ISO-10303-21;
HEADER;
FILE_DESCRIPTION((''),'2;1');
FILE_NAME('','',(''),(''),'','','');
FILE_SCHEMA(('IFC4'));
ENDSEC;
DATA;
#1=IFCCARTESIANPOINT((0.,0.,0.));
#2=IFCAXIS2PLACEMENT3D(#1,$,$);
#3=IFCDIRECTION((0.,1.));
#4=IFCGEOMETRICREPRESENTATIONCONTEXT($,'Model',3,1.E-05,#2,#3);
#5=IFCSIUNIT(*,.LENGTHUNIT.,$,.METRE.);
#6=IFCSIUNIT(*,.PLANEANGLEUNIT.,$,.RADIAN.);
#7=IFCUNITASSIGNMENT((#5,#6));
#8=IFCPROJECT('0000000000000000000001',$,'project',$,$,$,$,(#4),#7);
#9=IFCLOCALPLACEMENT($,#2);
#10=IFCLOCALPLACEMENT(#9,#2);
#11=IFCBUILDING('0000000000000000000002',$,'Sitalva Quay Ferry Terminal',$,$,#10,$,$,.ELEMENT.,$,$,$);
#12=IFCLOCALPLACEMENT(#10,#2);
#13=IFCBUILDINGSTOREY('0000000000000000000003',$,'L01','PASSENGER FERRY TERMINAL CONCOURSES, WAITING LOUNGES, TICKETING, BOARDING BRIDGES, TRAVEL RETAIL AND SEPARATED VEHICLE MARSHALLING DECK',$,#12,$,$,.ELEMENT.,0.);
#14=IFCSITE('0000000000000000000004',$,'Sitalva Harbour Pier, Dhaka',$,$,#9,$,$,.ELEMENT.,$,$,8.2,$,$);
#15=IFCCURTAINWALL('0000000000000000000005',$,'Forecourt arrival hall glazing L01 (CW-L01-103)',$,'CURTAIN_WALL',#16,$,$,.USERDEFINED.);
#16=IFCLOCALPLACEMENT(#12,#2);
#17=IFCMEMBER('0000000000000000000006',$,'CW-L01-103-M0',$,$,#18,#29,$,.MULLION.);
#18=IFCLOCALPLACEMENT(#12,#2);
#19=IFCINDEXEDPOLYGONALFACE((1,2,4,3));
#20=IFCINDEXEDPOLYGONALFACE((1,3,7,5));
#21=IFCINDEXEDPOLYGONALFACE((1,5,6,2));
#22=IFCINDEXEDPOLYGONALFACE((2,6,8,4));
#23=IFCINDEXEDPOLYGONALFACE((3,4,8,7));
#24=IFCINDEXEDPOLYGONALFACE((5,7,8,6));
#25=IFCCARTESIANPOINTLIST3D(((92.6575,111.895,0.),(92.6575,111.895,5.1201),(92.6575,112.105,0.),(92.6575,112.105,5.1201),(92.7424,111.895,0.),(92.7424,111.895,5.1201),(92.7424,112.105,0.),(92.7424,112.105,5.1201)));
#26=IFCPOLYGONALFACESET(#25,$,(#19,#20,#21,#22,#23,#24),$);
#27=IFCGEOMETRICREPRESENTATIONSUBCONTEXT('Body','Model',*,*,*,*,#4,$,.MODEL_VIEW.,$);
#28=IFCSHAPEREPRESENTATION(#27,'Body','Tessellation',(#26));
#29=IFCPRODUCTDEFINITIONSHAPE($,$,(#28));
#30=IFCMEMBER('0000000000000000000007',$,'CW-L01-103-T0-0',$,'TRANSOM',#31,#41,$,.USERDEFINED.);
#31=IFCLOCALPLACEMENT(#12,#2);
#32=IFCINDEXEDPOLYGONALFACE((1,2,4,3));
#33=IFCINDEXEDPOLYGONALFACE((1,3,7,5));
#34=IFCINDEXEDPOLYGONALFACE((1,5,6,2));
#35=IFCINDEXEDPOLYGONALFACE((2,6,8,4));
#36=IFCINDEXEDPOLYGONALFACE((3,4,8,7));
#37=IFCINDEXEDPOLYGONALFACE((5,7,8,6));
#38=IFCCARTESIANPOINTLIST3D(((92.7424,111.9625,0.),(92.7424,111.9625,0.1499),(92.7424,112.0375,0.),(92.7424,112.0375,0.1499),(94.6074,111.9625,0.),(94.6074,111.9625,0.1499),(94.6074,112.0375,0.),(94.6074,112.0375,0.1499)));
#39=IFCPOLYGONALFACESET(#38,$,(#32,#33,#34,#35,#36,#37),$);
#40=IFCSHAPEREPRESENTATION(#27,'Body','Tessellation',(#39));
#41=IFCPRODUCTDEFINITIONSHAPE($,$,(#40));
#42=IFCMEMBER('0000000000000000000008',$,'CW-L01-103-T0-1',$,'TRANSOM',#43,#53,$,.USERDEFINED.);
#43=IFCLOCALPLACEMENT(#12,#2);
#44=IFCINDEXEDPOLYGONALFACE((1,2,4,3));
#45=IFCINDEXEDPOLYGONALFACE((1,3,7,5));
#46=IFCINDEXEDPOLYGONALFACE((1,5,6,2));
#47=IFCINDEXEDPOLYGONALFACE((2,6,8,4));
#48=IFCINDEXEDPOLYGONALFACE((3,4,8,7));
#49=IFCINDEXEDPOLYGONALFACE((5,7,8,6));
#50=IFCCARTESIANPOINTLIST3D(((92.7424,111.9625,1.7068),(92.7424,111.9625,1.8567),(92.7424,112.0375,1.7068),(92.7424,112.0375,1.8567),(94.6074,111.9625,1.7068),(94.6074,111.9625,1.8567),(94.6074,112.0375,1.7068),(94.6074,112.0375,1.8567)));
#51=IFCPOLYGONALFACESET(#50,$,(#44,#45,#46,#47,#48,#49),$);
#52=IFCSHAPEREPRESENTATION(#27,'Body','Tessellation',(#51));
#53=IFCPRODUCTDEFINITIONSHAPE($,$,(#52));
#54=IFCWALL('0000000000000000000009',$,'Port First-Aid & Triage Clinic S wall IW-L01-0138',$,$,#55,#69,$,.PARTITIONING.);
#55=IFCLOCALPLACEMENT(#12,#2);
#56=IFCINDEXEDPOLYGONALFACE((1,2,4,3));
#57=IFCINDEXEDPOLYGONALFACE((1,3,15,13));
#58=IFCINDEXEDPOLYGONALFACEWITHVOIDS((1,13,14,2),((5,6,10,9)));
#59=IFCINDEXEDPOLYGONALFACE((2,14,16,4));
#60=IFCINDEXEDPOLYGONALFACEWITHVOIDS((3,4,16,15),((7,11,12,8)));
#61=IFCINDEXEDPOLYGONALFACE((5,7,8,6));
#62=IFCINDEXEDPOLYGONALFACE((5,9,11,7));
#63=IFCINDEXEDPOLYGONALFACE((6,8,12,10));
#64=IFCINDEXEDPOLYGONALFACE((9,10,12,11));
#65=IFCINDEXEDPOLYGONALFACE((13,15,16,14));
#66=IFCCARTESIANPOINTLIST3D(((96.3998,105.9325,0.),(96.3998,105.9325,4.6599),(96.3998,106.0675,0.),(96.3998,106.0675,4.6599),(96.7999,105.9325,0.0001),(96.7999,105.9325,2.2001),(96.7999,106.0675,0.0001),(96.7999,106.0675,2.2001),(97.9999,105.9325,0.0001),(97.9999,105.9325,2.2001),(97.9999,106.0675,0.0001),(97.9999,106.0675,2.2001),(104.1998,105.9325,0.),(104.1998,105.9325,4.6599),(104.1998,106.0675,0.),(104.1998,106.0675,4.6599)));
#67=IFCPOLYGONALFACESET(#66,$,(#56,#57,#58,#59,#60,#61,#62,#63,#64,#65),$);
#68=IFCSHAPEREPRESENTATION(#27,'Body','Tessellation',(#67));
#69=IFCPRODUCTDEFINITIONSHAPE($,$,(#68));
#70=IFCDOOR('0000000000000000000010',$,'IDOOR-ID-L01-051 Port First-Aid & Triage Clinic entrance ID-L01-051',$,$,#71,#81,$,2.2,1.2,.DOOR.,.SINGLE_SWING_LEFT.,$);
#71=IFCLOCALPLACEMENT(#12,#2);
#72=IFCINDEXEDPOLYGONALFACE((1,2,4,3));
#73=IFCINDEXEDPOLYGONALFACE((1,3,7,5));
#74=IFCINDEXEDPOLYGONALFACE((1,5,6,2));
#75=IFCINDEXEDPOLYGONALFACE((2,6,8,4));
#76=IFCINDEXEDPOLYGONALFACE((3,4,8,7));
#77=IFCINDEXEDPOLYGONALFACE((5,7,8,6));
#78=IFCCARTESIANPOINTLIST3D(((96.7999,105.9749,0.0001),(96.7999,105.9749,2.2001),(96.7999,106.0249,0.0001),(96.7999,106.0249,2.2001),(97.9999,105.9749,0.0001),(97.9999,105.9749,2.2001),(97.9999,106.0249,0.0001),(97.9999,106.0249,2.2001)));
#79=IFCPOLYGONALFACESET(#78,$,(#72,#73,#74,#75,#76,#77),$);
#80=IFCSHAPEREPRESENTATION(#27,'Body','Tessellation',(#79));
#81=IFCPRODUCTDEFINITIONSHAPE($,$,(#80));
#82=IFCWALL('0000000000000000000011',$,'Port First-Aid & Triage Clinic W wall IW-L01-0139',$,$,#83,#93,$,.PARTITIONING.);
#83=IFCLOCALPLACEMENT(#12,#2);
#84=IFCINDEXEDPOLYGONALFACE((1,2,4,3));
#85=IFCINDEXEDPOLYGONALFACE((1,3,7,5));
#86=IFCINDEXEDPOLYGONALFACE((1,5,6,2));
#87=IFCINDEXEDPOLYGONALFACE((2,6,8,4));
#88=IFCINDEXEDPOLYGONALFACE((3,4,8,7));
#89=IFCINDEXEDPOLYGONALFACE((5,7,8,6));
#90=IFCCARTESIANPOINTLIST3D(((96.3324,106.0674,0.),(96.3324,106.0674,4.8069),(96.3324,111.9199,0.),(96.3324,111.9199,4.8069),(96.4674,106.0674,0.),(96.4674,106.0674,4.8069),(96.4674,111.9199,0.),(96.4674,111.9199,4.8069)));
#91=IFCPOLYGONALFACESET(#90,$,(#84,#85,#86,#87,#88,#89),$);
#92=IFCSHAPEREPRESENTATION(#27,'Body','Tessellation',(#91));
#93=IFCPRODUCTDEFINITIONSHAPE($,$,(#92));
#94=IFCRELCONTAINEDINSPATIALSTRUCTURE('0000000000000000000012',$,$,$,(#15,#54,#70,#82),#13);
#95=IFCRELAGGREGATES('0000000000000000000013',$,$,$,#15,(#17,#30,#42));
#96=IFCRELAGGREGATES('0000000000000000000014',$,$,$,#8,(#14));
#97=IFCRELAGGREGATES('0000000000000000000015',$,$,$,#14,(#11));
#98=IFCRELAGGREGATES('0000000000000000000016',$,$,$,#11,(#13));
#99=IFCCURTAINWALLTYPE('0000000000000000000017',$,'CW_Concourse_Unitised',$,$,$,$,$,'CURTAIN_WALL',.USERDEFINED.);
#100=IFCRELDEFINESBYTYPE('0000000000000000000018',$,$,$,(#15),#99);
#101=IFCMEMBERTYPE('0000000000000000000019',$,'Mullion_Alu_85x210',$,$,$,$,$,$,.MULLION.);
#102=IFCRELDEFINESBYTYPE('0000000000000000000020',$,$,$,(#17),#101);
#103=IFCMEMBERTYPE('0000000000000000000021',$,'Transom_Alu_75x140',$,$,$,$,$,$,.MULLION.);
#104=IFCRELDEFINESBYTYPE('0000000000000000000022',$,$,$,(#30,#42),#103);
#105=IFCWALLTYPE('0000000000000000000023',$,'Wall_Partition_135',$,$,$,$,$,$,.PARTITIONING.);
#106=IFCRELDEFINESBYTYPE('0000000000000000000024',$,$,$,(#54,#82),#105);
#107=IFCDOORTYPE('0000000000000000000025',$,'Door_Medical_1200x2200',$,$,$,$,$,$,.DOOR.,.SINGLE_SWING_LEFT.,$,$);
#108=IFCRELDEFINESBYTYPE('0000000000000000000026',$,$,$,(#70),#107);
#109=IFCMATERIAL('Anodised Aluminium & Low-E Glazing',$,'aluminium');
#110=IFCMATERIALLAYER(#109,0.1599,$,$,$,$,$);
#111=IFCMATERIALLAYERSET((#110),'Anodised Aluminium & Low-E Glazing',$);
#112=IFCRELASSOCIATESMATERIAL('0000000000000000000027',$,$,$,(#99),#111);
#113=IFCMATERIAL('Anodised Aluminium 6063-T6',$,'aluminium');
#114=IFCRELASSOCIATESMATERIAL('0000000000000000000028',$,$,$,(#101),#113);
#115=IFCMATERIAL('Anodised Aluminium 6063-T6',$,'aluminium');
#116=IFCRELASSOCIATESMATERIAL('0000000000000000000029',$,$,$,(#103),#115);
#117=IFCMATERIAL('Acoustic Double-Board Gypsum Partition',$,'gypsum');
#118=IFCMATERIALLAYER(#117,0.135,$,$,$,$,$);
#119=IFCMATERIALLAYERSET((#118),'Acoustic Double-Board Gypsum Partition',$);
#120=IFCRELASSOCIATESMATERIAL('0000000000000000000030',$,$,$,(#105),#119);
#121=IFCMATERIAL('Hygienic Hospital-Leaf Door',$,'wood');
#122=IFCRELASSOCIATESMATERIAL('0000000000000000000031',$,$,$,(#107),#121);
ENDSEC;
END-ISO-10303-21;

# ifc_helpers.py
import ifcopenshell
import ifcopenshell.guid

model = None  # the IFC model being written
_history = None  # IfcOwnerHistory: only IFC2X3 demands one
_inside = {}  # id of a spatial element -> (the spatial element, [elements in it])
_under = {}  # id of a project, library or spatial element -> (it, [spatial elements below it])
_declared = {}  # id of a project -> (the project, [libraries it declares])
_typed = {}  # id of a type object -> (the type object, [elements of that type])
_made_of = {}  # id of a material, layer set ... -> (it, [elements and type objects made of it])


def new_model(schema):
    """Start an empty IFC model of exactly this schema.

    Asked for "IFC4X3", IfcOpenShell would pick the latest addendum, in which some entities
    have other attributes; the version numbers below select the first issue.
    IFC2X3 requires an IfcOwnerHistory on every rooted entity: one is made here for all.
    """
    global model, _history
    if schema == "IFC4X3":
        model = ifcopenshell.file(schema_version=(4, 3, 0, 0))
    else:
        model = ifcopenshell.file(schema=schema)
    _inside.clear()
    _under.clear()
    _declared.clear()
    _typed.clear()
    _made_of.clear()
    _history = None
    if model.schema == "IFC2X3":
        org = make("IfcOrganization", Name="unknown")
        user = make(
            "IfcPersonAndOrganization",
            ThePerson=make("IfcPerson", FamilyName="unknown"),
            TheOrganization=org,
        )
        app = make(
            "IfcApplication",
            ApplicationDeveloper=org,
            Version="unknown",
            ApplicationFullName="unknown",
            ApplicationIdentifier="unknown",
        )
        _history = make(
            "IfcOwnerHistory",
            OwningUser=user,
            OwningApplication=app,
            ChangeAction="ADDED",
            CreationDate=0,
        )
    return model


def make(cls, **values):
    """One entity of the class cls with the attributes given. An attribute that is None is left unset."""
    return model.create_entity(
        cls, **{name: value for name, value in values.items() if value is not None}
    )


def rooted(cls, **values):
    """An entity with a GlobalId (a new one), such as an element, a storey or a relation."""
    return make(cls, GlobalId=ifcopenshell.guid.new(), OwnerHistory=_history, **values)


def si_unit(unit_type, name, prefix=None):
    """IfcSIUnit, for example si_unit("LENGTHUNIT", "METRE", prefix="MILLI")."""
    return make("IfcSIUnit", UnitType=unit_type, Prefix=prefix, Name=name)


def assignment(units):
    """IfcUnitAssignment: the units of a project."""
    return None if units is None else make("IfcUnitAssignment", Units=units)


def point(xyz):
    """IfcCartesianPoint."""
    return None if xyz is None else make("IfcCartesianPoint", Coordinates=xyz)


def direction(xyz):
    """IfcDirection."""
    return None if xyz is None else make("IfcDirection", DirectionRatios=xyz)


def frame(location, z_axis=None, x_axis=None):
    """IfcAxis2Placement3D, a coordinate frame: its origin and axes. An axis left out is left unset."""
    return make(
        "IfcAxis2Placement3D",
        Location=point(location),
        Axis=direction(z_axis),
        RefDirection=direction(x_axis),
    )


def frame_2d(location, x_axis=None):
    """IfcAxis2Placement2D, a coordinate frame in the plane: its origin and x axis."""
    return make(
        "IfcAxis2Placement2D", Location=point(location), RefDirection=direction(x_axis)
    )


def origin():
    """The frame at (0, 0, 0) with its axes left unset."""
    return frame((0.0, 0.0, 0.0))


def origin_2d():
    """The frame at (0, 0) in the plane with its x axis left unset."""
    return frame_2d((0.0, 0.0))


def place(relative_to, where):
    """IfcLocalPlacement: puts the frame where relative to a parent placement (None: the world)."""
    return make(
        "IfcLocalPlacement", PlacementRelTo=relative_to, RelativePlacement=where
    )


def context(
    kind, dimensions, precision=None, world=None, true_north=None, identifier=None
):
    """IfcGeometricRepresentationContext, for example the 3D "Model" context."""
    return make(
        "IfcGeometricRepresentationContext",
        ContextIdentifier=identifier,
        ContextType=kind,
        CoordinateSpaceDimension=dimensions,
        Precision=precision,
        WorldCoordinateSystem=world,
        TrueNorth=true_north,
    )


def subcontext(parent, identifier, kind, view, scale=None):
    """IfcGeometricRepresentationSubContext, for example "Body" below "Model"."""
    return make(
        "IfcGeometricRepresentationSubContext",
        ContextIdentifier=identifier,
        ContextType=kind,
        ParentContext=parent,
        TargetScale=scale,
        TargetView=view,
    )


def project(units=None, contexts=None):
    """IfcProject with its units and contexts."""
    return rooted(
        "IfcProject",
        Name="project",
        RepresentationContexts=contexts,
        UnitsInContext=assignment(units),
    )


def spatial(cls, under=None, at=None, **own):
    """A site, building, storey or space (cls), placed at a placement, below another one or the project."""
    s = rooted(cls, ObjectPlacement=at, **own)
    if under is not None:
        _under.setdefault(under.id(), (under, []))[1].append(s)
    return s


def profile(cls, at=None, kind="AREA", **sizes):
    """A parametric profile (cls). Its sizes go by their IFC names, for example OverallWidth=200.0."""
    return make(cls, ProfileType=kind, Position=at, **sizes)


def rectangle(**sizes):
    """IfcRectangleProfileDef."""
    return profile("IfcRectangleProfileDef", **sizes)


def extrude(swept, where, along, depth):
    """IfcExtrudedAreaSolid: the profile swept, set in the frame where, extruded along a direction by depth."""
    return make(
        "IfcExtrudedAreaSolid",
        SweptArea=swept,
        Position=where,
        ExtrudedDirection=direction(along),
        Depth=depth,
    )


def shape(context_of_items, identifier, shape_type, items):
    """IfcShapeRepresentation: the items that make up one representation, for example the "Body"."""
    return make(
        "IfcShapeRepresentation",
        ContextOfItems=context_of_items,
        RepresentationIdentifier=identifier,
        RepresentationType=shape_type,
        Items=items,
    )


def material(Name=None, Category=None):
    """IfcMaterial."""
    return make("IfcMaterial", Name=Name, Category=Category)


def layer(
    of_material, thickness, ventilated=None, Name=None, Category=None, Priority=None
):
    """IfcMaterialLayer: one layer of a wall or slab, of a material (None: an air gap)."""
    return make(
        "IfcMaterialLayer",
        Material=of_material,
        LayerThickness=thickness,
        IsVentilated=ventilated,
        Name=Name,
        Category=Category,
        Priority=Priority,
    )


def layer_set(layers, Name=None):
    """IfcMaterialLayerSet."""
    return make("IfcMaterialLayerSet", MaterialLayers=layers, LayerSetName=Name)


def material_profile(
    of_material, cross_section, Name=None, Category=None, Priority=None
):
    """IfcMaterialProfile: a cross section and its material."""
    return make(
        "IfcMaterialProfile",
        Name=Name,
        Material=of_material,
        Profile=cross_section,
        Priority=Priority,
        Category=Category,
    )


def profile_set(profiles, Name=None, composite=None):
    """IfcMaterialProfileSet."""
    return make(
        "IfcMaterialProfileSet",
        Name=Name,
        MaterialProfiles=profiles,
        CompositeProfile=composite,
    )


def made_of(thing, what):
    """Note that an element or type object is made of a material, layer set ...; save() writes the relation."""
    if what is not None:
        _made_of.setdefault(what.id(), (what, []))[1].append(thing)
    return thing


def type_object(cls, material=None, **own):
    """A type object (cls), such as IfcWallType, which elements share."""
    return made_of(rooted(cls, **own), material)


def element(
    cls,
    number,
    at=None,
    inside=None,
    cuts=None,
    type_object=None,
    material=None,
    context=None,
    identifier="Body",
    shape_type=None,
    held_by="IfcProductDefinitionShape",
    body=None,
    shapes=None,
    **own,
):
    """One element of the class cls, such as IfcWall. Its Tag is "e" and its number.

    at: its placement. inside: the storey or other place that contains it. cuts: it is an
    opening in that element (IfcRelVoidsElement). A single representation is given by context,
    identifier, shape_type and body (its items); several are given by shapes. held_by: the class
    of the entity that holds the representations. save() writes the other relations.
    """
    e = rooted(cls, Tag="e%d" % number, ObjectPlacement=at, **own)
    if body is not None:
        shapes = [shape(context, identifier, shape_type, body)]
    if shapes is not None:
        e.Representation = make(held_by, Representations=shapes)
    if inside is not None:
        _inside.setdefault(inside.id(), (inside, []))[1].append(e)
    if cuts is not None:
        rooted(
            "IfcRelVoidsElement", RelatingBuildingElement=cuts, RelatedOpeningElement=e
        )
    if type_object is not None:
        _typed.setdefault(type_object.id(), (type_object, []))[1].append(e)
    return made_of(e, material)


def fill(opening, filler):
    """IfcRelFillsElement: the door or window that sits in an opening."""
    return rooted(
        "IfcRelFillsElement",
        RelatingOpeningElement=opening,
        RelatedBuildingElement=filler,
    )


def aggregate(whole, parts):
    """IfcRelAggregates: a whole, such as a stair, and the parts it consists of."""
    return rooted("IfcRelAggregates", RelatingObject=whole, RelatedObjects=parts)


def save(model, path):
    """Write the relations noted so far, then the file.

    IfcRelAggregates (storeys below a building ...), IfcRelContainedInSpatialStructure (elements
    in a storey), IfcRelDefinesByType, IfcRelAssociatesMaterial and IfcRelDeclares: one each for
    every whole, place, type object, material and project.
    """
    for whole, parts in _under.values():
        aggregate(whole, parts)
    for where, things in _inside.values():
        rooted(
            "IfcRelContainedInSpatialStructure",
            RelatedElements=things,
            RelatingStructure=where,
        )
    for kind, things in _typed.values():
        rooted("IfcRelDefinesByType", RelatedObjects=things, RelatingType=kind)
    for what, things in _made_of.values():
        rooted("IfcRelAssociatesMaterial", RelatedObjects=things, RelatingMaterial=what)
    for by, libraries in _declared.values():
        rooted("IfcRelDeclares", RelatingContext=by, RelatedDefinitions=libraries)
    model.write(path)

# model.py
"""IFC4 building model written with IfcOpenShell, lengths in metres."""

from ifc_helpers import new_model, si_unit, direction, frame, frame_2d, origin, origin_2d, place, context, subcontext, project, spatial, rectangle, extrude, material, layer, layer_set, material_profile, profile_set, type_object, element, fill, aggregate, save


model = new_model("IFC4")

# Units and contexts
model_context = context("Model", 3, precision=1e-05, world=origin(), true_north=direction((0.0, 1.0)))
body_context = subcontext(model_context, "Body", "Model", "MODEL_VIEW")
ifc_project = project(units=[si_unit("LENGTHUNIT", "METRE"), si_unit("PLANEANGLEUNIT", "RADIAN")], contexts=[model_context])

# Site, building, storey
site_placement = place(None, origin())
site = spatial("IfcSite", under=ifc_project, at=site_placement, Name="Sitalva Harbour Pier, Dhaka", CompositionType="ELEMENT", RefElevation=8.2)
building_placement = place(site_placement, origin())
building = spatial("IfcBuilding", under=site, at=building_placement, Name="Sitalva Quay Ferry Terminal", CompositionType="ELEMENT")
storey_placement = place(building_placement, origin())
storey = spatial("IfcBuildingStorey", under=building, at=storey_placement, Name="L01", Description="PASSENGER FERRY TERMINAL CONCOURSES, WAITING LOUNGES, TICKETING, BOARDING BRIDGES, TRAVEL RETAIL AND SEPARATED VEHICLE MARSHALLING DECK", CompositionType="ELEMENT", Elevation=0.0)

# Curtain wall, members
ifc_material_1 = material(Name="Anodised Aluminium & Low-E Glazing", Category="aluminium")
ifc_layer_1 = layer(ifc_material_1, 0.1599)
ifc_layer_set_1 = layer_set([ifc_layer_1], Name="Anodised Aluminium & Low-E Glazing")
curtain_wall_type = type_object("IfcCurtainWallType", Name="CW_Concourse_Unitised", ElementType="CURTAIN_WALL", PredefinedType="USERDEFINED", material=ifc_layer_set_1)
curtain_wall_placement = place(storey_placement, origin())
curtain_wall = element("IfcCurtainWall", 1, at=curtain_wall_placement, inside=storey, type_object=curtain_wall_type, Name="Forecourt arrival hall glazing L01 (CW-L01-103)", ObjectType="CURTAIN_WALL", PredefinedType="USERDEFINED")
ifc_material_2 = material(Name="Anodised Aluminium 6063-T6", Category="aluminium")
ifc_material_profile_1 = material_profile(ifc_material_2, rectangle(XDim=0.085, YDim=0.21, at=origin_2d()), Name="ALU85x210")
ifc_profile_set_1 = profile_set([ifc_material_profile_1], Name="Anodised Aluminium 6063-T6")
member_type_1 = type_object("IfcMemberType", Name="Mullion_Alu_85x210", PredefinedType="MULLION", material=ifc_profile_set_1)
member_1_placement = place(storey_placement, frame((92.7, 112.0, 0.0), z_axis=(0.0, 0.0, 1.0), x_axis=(1.0, 0.0, 0.0)))
member_1 = element("IfcMember", 2, at=member_1_placement, type_object=member_type_1, Name="CW-L01-103-M0", PredefinedType="MULLION", context=body_context, shape_type="SweptSolid", body=[
    extrude(rectangle(XDim=0.085, YDim=0.21, at=origin_2d()), origin(), (0.0, 0.0, 1.0), 5.1201),
])
ifc_material_3 = material(Name="Anodised Aluminium 6063-T6", Category="aluminium")
ifc_material_profile_2 = material_profile(ifc_material_3, rectangle(XDim=0.075, YDim=0.1499, at=origin_2d()), Name="ALU75x150")
ifc_profile_set_2 = profile_set([ifc_material_profile_2], Name="Anodised Aluminium 6063-T6")
member_type_2 = type_object("IfcMemberType", Name="Transom_Alu_75x140", PredefinedType="MULLION", material=ifc_profile_set_2)
member_2_placement = place(storey_placement, frame((92.7424, 112.0, 0.075), z_axis=(1.0, 0.0, 0.0), x_axis=(0.0, 1.0, 0.0)))
member_2 = element("IfcMember", 3, at=member_2_placement, type_object=member_type_2, Name="CW-L01-103-T0-0", ObjectType="TRANSOM", PredefinedType="USERDEFINED", context=body_context, shape_type="SweptSolid", body=[
    extrude(rectangle(XDim=0.075, YDim=0.1499, at=origin_2d()), origin(), (0.0, 0.0, 1.0), 1.865),
])
member_3_placement = place(storey_placement, frame((92.7424, 112.0, 1.7817), z_axis=(1.0, 0.0, 0.0), x_axis=(0.0, 1.0, 0.0)))
member_3 = element("IfcMember", 4, at=member_3_placement, type_object=member_type_2, Name="CW-L01-103-T0-1", ObjectType="TRANSOM", PredefinedType="USERDEFINED", context=body_context, shape_type="SweptSolid", body=[
    extrude(rectangle(XDim=0.075, YDim=0.1499, at=origin_2d()), origin(), (0.0, 0.0, 1.0), 1.865),
])
aggregate(curtain_wall, [member_1, member_2, member_3])

# Wall, opening, door
ifc_material_4 = material(Name="Acoustic Double-Board Gypsum Partition", Category="gypsum")
ifc_layer_2 = layer(ifc_material_4, 0.135)
ifc_layer_set_2 = layer_set([ifc_layer_2], Name="Acoustic Double-Board Gypsum Partition")
wall_type = type_object("IfcWallType", Name="Wall_Partition_135", PredefinedType="PARTITIONING", material=ifc_layer_set_2)
wall_1_placement = place(storey_placement, frame((96.3999, 106.0, 0.0), z_axis=(0.0, 0.0, 1.0), x_axis=(1.0, 0.0, 0.0)))
wall_1 = element("IfcWall", 5, at=wall_1_placement, inside=storey, type_object=wall_type, Name="Port First-Aid & Triage Clinic S wall IW-L01-0138", PredefinedType="PARTITIONING", context=body_context, shape_type="SweptSolid", body=[
    extrude(rectangle(XDim=7.8, YDim=0.135, at=frame_2d((3.8999, 0.0))), origin(), (0.0, 0.0, 1.0), 4.6599),
])
opening_placement = place(wall_1_placement, frame((0.3999, 0.0, 0.0)))
opening = element("IfcOpeningElement", 6, at=opening_placement, cuts=wall_1, PredefinedType="OPENING", context=body_context, shape_type="SweptSolid", body=[
    extrude(rectangle(XDim=1.2, YDim=2.2, at=frame_2d((0.6001, 1.1001))), frame((0.0, 0.0774, 0.0), z_axis=(0.0, -1.0, 0.0), x_axis=(1.0, 0.0, 0.0)), (0.0, 0.0, 1.0), 0.155),
])
ifc_material_5 = material(Name="Hygienic Hospital-Leaf Door", Category="wood")
door_type = type_object("IfcDoorType", Name="Door_Medical_1200x2200", OperationType="SINGLE_SWING_LEFT", PredefinedType="DOOR", material=ifc_material_5)
door_placement = place(opening_placement, origin())
door = element("IfcDoor", 7, at=door_placement, inside=storey, type_object=door_type, Name="IDOOR-ID-L01-051 Port First-Aid & Triage Clinic entrance ID-L01-051", OperationType="SINGLE_SWING_LEFT", OverallHeight=2.2, OverallWidth=1.2, PredefinedType="DOOR", context=body_context, shape_type="SweptSolid", body=[
    extrude(rectangle(XDim=1.2, YDim=2.2, at=frame_2d((0.6001, 1.1001))), frame((0.0, 0.0249, 0.0), z_axis=(0.0, -1.0, 0.0), x_axis=(1.0, 0.0, 0.0)), (0.0, 0.0, 1.0), 0.05),
])
fill(opening, door)

# Wall
wall_2_placement = place(storey_placement, frame((96.3999, 106.0674, 0.0), z_axis=(0.0, 0.0, 1.0), x_axis=(0.0, 1.0, 0.0)))
element("IfcWall", 8, at=wall_2_placement, inside=storey, type_object=wall_type, Name="Port First-Aid & Triage Clinic W wall IW-L01-0139", PredefinedType="PARTITIONING", context=body_context, shape_type="SweptSolid", body=[
    extrude(rectangle(XDim=5.8525, YDim=0.135, at=frame_2d((2.9263, 0.0))), origin(), (0.0, 0.0, 1.0), 4.8069),
])

save(model, "model.ifc")
